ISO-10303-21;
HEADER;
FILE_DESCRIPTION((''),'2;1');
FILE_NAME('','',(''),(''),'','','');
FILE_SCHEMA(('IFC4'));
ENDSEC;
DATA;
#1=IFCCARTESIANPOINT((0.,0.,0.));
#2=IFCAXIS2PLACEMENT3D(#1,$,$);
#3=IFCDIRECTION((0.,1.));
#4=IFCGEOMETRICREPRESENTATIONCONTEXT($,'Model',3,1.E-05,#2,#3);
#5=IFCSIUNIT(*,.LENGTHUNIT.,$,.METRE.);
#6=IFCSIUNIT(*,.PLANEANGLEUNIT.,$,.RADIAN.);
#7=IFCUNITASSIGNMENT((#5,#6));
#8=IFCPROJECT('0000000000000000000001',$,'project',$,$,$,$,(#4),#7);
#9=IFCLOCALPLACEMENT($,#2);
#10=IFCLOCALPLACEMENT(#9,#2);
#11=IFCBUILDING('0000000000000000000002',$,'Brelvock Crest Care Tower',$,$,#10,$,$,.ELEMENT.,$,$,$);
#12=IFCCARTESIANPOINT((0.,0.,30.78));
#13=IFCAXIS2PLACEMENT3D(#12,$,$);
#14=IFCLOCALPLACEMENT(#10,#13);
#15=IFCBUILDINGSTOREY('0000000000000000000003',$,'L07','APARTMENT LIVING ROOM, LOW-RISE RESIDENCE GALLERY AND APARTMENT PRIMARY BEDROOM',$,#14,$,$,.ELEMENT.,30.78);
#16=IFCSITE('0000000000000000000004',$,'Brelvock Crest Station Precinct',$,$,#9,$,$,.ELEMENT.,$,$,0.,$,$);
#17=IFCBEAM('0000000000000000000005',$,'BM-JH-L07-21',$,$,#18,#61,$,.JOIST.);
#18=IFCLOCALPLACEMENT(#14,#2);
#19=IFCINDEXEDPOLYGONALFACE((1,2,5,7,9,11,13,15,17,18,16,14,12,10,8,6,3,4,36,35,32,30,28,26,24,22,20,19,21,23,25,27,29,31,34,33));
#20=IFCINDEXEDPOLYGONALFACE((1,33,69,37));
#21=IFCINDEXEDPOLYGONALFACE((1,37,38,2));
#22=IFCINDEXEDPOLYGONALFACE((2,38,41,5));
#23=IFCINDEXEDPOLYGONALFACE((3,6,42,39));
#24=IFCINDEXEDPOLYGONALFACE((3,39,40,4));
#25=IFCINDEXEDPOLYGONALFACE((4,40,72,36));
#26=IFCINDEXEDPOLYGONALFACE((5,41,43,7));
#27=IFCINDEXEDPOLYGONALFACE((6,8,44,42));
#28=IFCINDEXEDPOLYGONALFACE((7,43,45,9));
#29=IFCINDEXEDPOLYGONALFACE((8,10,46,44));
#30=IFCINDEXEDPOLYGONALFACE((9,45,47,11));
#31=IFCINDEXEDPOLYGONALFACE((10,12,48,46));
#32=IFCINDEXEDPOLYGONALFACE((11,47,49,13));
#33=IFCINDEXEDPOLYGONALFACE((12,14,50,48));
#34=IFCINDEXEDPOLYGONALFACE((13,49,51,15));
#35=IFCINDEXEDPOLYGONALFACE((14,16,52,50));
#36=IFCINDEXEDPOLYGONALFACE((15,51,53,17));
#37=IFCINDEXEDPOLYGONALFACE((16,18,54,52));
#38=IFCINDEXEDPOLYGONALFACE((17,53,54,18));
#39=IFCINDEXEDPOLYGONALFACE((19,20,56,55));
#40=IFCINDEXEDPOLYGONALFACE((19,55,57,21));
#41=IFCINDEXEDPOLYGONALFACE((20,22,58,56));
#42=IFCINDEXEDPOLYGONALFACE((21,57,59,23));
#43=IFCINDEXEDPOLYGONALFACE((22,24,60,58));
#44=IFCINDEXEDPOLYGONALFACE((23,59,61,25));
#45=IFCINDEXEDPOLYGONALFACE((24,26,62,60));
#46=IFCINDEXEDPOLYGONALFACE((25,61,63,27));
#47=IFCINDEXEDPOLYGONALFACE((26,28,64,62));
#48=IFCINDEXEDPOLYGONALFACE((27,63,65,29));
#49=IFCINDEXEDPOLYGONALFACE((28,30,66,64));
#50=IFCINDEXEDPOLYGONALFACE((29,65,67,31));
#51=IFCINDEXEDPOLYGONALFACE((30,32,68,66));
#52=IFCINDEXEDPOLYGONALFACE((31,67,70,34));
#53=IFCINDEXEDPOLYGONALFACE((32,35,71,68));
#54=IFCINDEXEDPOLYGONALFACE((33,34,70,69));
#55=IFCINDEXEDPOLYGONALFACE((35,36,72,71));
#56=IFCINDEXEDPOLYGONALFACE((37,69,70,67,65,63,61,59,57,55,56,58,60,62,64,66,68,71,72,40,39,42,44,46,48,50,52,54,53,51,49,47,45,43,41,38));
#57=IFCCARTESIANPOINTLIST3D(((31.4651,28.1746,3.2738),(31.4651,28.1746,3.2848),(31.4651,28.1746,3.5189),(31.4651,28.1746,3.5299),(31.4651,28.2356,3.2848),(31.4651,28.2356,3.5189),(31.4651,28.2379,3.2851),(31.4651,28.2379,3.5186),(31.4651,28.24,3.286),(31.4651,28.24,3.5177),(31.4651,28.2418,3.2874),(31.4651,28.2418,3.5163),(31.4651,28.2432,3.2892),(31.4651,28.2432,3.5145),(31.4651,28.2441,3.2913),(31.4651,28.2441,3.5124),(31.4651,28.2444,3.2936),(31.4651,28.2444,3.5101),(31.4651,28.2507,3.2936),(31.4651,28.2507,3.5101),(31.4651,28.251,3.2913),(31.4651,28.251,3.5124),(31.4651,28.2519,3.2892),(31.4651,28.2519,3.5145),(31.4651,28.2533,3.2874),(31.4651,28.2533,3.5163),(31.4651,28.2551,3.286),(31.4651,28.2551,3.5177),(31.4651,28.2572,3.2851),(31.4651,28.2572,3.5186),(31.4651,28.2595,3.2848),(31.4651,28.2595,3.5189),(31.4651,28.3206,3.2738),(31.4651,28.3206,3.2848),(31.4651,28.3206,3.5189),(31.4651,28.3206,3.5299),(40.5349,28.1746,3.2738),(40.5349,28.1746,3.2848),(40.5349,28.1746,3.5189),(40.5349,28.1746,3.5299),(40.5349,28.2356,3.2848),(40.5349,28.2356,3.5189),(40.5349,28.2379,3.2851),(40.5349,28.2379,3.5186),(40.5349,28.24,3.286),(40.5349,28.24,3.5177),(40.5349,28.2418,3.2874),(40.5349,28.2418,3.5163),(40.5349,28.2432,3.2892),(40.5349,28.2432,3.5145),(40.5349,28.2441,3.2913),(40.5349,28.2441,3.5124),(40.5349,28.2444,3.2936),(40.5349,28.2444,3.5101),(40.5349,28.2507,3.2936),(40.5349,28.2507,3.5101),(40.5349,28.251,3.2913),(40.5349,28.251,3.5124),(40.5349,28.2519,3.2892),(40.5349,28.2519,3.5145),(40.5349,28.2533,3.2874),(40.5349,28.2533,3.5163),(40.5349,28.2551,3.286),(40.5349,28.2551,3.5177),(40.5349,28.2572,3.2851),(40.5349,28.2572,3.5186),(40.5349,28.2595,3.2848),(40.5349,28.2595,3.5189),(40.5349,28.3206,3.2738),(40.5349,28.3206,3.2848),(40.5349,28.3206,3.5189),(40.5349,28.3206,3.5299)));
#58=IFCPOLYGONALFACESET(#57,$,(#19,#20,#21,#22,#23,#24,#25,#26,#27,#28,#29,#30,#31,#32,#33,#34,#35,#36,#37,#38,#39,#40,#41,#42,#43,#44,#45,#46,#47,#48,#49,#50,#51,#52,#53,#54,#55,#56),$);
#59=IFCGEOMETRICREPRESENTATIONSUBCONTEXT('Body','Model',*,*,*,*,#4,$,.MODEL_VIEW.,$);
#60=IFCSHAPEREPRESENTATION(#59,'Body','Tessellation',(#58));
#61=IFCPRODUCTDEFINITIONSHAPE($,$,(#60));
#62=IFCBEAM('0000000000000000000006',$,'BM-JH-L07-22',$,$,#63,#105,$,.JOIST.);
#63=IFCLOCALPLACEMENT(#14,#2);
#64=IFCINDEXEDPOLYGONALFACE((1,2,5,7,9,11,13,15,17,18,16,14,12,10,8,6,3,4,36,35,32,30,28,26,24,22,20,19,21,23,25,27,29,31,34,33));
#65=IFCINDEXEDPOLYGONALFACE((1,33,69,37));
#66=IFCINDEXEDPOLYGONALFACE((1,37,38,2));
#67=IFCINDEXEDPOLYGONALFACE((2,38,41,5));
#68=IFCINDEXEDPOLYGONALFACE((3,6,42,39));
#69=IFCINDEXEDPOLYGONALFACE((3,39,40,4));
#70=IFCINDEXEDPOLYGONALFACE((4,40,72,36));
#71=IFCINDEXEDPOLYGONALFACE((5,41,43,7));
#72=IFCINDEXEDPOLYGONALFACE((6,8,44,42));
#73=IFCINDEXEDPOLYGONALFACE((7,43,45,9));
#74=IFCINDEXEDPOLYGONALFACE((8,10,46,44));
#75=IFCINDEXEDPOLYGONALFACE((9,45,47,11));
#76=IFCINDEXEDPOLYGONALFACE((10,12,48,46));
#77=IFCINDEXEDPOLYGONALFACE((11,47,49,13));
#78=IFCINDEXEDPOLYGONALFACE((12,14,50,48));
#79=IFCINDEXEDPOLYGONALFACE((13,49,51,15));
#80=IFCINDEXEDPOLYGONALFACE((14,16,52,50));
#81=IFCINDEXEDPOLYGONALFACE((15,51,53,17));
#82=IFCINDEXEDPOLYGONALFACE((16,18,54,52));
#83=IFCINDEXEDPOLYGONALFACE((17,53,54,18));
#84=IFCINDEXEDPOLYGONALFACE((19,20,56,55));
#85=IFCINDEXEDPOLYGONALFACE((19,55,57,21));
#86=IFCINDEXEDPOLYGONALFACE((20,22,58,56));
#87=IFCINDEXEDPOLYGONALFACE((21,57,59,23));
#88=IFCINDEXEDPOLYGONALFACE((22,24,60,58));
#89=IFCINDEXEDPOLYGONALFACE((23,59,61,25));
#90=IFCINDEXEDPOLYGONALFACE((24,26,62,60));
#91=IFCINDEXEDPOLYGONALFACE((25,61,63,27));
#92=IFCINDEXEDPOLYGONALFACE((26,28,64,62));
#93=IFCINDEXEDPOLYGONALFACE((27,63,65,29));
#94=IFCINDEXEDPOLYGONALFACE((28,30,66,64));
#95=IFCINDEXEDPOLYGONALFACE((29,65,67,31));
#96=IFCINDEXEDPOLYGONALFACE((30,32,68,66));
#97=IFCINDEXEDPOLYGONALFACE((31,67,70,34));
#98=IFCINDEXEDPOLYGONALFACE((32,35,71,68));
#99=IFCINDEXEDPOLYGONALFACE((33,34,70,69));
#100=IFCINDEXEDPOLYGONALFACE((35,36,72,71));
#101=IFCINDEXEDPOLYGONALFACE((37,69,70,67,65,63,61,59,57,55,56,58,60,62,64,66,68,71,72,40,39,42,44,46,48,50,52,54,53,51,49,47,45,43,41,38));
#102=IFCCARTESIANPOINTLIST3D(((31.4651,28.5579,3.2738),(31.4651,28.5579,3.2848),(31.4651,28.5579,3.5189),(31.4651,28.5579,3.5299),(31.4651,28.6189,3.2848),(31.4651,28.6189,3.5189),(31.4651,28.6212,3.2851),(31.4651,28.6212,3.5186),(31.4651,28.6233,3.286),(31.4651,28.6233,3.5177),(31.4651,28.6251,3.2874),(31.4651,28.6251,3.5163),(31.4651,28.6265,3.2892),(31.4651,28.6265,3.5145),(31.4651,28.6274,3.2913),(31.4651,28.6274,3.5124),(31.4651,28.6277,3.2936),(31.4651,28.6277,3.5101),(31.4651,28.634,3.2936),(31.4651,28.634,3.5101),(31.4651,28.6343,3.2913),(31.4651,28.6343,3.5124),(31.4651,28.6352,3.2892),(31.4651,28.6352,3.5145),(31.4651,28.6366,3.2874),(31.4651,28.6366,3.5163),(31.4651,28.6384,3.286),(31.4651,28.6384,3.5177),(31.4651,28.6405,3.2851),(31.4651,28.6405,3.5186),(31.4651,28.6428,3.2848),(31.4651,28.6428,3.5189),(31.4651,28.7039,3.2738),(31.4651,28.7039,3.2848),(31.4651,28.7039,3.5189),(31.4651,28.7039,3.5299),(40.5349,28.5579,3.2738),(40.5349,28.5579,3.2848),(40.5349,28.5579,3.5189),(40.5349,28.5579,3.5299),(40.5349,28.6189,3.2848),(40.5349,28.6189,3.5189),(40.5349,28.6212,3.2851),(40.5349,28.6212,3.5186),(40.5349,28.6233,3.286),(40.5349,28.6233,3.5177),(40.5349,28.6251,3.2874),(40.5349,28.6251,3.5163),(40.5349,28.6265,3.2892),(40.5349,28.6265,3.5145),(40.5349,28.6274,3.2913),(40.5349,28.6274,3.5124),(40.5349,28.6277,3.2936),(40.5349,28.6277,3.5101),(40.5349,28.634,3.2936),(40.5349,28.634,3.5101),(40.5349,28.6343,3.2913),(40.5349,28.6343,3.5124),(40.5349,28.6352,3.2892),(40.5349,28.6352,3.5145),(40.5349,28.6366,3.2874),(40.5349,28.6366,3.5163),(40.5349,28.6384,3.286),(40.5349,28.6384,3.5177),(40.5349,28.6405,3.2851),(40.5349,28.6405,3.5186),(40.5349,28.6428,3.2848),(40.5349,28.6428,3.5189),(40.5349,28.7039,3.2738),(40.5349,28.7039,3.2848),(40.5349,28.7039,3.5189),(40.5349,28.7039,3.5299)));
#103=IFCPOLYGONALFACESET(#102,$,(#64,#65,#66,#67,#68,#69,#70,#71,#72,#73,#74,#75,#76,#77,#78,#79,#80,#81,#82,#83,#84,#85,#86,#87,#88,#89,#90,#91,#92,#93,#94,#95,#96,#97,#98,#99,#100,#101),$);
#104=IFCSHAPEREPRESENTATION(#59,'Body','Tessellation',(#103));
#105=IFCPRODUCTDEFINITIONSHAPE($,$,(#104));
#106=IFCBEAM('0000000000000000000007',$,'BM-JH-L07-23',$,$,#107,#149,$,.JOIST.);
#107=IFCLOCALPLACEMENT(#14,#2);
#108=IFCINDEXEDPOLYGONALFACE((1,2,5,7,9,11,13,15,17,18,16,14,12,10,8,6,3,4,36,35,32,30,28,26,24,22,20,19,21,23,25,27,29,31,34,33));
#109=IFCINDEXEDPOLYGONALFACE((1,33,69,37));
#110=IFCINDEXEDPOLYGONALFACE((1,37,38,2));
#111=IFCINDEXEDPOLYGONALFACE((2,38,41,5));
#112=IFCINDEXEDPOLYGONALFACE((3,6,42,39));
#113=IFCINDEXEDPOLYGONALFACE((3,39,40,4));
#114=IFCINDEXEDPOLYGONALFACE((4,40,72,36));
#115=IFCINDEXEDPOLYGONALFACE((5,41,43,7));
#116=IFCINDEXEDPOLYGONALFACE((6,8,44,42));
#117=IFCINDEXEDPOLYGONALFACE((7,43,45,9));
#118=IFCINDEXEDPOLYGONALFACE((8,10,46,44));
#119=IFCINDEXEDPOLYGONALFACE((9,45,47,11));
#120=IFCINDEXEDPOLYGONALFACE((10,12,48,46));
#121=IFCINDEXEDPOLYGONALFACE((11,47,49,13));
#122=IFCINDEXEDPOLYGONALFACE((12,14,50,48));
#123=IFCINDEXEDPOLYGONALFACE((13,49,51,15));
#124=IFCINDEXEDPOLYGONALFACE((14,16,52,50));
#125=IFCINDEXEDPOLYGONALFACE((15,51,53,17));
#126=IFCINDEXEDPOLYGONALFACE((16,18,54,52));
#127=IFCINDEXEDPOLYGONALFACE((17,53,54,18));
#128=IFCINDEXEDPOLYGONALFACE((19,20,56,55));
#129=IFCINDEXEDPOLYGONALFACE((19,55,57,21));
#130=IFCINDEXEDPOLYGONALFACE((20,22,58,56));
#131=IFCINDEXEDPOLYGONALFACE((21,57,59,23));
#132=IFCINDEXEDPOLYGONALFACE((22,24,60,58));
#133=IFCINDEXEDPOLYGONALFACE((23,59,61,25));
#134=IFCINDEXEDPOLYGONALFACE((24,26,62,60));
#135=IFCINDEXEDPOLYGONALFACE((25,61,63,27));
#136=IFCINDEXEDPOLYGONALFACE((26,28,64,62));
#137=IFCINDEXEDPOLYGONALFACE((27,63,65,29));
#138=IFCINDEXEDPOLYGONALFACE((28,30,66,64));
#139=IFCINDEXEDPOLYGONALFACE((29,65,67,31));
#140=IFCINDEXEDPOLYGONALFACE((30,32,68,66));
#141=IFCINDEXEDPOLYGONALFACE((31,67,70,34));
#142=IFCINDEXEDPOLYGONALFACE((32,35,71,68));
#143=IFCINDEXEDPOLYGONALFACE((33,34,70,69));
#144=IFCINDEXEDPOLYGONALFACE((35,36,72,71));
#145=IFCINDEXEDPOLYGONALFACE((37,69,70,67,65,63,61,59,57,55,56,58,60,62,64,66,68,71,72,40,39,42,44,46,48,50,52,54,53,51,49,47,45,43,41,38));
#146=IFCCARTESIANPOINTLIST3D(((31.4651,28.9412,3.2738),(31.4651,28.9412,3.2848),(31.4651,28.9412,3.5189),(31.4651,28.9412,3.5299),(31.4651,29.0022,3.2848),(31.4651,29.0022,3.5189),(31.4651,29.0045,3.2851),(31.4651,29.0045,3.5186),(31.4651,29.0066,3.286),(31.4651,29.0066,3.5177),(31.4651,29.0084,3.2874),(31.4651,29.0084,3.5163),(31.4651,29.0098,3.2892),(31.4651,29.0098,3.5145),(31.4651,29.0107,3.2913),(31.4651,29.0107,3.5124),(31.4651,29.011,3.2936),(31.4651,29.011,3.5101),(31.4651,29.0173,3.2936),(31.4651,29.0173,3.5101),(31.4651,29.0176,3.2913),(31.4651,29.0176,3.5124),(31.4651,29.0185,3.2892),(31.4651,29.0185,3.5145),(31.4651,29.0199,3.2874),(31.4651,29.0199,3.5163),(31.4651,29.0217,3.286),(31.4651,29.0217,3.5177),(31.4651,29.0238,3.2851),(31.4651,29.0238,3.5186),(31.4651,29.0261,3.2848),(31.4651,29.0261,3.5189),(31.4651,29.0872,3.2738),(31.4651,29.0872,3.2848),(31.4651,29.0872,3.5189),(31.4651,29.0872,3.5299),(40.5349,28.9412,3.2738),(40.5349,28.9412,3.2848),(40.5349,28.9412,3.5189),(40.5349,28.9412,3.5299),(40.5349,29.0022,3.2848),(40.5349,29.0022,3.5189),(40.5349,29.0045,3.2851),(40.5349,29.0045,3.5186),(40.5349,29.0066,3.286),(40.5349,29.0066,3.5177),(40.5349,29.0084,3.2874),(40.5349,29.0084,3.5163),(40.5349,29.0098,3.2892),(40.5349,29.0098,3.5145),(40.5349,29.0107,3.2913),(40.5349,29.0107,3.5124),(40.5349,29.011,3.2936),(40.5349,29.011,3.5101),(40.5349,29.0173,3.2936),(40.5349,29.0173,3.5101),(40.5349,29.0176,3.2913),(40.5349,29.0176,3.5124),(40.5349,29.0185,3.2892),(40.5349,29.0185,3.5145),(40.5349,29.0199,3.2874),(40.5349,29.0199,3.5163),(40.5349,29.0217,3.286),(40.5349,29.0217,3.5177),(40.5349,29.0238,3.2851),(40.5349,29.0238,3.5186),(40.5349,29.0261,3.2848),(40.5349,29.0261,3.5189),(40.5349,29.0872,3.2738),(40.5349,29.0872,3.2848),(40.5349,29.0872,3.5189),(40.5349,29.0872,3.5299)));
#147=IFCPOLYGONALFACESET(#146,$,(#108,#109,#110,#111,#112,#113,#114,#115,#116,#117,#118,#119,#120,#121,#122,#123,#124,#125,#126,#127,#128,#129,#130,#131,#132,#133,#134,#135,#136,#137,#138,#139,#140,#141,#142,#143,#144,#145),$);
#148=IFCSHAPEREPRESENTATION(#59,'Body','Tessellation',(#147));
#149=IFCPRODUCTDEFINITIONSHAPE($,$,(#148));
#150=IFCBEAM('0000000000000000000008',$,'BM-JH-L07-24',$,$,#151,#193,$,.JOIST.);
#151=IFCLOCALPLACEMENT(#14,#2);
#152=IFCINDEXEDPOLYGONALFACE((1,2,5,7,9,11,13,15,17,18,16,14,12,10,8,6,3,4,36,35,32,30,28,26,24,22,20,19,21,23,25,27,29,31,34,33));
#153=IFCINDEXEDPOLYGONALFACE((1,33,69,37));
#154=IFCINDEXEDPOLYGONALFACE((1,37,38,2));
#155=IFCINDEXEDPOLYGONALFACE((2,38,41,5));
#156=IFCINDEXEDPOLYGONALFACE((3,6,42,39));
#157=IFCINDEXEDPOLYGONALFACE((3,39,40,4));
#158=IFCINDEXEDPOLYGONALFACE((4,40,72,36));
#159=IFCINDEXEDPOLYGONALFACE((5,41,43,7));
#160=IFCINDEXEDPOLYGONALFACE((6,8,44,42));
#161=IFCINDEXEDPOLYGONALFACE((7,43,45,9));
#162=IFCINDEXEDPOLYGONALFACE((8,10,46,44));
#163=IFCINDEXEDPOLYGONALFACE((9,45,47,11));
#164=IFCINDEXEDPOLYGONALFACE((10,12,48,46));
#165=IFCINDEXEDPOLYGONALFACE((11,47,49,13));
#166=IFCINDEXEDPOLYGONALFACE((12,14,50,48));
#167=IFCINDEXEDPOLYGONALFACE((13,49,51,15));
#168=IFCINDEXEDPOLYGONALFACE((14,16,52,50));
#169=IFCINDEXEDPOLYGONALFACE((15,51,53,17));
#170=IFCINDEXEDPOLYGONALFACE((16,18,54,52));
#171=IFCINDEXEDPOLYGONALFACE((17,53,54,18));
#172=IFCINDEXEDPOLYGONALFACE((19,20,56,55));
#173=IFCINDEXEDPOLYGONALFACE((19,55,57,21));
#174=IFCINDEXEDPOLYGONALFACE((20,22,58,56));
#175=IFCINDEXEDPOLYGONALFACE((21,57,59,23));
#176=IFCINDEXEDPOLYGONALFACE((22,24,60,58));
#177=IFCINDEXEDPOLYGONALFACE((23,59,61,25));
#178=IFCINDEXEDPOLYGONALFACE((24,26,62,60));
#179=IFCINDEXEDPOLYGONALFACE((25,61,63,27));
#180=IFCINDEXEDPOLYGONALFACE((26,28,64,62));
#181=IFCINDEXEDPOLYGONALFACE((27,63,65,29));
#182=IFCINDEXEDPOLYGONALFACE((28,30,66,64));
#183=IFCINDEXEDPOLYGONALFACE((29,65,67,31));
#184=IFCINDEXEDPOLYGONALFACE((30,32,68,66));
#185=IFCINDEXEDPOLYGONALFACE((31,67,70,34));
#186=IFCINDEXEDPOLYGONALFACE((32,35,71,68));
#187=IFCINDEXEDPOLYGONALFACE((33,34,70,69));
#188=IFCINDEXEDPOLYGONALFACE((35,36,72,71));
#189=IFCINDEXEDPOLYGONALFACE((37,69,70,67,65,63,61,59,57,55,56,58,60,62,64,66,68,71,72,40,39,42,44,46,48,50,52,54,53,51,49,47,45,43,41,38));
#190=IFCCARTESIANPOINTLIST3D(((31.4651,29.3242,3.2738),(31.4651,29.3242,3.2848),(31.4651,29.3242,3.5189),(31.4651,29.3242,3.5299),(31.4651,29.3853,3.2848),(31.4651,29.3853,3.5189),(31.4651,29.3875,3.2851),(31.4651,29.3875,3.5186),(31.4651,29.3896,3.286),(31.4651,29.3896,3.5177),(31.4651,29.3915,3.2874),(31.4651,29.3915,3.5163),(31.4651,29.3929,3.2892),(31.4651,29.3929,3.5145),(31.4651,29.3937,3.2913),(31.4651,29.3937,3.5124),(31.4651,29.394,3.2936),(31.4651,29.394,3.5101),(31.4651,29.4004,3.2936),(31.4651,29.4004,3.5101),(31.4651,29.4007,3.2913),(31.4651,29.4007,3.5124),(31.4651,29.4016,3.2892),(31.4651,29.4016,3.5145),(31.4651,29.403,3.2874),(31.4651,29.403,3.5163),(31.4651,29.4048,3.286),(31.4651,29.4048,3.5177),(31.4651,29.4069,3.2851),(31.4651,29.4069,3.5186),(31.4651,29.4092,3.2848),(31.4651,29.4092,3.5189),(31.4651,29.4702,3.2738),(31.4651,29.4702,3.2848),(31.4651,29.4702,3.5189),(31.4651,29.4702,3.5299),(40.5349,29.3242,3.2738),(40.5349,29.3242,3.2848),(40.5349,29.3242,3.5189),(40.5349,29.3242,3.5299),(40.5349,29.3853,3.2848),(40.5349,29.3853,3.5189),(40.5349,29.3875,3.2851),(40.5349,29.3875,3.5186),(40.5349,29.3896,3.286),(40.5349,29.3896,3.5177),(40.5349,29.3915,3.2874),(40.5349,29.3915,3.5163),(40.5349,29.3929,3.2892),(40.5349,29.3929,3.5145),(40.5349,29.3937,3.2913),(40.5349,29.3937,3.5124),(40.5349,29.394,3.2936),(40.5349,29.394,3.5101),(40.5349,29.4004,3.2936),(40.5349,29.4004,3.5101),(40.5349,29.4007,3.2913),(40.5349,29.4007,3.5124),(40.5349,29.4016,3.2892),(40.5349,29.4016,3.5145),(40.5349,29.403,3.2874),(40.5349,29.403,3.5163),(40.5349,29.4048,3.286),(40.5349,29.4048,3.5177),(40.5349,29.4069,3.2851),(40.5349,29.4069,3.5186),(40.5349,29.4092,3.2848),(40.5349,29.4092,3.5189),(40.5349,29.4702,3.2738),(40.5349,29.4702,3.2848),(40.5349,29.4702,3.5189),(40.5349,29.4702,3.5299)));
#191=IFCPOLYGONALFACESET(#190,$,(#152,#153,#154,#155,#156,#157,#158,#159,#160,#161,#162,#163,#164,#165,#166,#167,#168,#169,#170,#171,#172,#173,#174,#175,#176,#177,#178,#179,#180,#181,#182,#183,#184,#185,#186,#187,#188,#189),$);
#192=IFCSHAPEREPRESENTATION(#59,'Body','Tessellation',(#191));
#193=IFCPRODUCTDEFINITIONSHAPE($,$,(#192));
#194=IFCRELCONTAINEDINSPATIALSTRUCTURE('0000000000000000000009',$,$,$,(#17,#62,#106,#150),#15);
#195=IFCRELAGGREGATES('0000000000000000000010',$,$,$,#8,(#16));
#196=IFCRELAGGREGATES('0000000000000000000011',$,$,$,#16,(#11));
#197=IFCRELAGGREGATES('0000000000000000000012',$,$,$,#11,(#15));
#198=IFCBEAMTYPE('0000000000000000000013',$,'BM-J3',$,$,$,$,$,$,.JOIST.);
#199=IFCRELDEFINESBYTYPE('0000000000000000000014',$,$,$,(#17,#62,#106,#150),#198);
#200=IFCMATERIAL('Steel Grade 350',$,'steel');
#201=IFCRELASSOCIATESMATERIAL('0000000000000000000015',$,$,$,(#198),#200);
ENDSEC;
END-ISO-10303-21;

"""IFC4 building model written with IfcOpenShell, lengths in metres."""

from ifc_helpers import new_model, si_unit, direction, frame, origin, origin_2d, place, context, subcontext, project, spatial, i_section, extrude, source, transform, mapped, material, material_profile, profile_set, type_object, element, save


model = new_model("IFC4")

# Units and contexts
model_context = context("Model", 3, precision=1e-05, world=origin(), true_north=direction((0.0, 1.0)))
body_context = subcontext(model_context, "Body", "Model", "MODEL_VIEW")
ifc_project = project(units=[si_unit("LENGTHUNIT", "METRE"), si_unit("PLANEANGLEUNIT", "RADIAN")], contexts=[model_context])

# Site, building, storey
site_placement = place(None, origin())
site = spatial("IfcSite", under=ifc_project, at=site_placement, Name="Brelvock Crest Station Precinct", CompositionType="ELEMENT", RefElevation=0.0)
building_placement = place(site_placement, origin())
building = spatial("IfcBuilding", under=site, at=building_placement, Name="Brelvock Crest Care Tower", CompositionType="ELEMENT")
storey_placement = place(building_placement, frame((0.0, 0.0, 30.78)))
storey = spatial("IfcBuildingStorey", under=building, at=storey_placement, Name="L07", Description="APARTMENT LIVING ROOM, LOW-RISE RESIDENCE GALLERY AND APARTMENT PRIMARY BEDROOM", CompositionType="ELEMENT", Elevation=30.78)

# Beams
ifc_material_1 = material(Name="Steel Grade 350", Category="steel")
ifc_material_profile = material_profile(ifc_material_1, i_section(OverallWidth=0.146, OverallDepth=0.2561, WebThickness=0.0063, FlangeThickness=0.011, FilletRadius=0.0088, at=origin_2d()), Name="250UB37.3")
ifc_profile_set = profile_set([ifc_material_profile], Name="Steel Grade 350")
beam_type = type_object("IfcBeamType", Name="BM-J3", PredefinedType="JOIST", material=ifc_profile_set)
shared_shape_1 = source(origin(), body_context, "Body", "SweptSolid", [
    extrude(i_section(OverallWidth=0.146, OverallDepth=0.2561, WebThickness=0.0063, FlangeThickness=0.011, FilletRadius=0.0088, at=origin_2d()), origin(), (0.0, 0.0, 1.0), 9.0698),
])
for number, where, z_axis, x_axis, name in (
    (1, (31.4651, 28.2476, 3.4019), (1.0, 0.0, 0.0), (0.0, 1.0, 0.0), "BM-JH-L07-21"),
    (2, (31.4651, 28.6309, 3.4019), (1.0, 0.0, 0.0), (0.0, 1.0, 0.0), "BM-JH-L07-22"),
    (3, (31.4651, 29.0142, 3.4019), (1.0, 0.0, 0.0), (0.0, 1.0, 0.0), "BM-JH-L07-23"),
    (4, (31.4651, 29.3972, 3.4019), (1.0, 0.0, 0.0), (0.0, 1.0, 0.0), "BM-JH-L07-24"),
):
    element("IfcBeam", number, at=place(storey_placement, frame(where, z_axis=z_axis, x_axis=x_axis)), inside=storey, type_object=beam_type, Name=name, PredefinedType="JOIST", context=body_context, shape_type="MappedRepresentation", body=[
        mapped(shared_shape_1, transform((0.0, 0.0, 0.0), x_axis=(1.0, 0.0, 0.0), y_axis=(0.0, 1.0, 0.0), z_axis=(0.0, 0.0, 1.0), scale=1.0)),
    ])

save(model, "model.ifc")
